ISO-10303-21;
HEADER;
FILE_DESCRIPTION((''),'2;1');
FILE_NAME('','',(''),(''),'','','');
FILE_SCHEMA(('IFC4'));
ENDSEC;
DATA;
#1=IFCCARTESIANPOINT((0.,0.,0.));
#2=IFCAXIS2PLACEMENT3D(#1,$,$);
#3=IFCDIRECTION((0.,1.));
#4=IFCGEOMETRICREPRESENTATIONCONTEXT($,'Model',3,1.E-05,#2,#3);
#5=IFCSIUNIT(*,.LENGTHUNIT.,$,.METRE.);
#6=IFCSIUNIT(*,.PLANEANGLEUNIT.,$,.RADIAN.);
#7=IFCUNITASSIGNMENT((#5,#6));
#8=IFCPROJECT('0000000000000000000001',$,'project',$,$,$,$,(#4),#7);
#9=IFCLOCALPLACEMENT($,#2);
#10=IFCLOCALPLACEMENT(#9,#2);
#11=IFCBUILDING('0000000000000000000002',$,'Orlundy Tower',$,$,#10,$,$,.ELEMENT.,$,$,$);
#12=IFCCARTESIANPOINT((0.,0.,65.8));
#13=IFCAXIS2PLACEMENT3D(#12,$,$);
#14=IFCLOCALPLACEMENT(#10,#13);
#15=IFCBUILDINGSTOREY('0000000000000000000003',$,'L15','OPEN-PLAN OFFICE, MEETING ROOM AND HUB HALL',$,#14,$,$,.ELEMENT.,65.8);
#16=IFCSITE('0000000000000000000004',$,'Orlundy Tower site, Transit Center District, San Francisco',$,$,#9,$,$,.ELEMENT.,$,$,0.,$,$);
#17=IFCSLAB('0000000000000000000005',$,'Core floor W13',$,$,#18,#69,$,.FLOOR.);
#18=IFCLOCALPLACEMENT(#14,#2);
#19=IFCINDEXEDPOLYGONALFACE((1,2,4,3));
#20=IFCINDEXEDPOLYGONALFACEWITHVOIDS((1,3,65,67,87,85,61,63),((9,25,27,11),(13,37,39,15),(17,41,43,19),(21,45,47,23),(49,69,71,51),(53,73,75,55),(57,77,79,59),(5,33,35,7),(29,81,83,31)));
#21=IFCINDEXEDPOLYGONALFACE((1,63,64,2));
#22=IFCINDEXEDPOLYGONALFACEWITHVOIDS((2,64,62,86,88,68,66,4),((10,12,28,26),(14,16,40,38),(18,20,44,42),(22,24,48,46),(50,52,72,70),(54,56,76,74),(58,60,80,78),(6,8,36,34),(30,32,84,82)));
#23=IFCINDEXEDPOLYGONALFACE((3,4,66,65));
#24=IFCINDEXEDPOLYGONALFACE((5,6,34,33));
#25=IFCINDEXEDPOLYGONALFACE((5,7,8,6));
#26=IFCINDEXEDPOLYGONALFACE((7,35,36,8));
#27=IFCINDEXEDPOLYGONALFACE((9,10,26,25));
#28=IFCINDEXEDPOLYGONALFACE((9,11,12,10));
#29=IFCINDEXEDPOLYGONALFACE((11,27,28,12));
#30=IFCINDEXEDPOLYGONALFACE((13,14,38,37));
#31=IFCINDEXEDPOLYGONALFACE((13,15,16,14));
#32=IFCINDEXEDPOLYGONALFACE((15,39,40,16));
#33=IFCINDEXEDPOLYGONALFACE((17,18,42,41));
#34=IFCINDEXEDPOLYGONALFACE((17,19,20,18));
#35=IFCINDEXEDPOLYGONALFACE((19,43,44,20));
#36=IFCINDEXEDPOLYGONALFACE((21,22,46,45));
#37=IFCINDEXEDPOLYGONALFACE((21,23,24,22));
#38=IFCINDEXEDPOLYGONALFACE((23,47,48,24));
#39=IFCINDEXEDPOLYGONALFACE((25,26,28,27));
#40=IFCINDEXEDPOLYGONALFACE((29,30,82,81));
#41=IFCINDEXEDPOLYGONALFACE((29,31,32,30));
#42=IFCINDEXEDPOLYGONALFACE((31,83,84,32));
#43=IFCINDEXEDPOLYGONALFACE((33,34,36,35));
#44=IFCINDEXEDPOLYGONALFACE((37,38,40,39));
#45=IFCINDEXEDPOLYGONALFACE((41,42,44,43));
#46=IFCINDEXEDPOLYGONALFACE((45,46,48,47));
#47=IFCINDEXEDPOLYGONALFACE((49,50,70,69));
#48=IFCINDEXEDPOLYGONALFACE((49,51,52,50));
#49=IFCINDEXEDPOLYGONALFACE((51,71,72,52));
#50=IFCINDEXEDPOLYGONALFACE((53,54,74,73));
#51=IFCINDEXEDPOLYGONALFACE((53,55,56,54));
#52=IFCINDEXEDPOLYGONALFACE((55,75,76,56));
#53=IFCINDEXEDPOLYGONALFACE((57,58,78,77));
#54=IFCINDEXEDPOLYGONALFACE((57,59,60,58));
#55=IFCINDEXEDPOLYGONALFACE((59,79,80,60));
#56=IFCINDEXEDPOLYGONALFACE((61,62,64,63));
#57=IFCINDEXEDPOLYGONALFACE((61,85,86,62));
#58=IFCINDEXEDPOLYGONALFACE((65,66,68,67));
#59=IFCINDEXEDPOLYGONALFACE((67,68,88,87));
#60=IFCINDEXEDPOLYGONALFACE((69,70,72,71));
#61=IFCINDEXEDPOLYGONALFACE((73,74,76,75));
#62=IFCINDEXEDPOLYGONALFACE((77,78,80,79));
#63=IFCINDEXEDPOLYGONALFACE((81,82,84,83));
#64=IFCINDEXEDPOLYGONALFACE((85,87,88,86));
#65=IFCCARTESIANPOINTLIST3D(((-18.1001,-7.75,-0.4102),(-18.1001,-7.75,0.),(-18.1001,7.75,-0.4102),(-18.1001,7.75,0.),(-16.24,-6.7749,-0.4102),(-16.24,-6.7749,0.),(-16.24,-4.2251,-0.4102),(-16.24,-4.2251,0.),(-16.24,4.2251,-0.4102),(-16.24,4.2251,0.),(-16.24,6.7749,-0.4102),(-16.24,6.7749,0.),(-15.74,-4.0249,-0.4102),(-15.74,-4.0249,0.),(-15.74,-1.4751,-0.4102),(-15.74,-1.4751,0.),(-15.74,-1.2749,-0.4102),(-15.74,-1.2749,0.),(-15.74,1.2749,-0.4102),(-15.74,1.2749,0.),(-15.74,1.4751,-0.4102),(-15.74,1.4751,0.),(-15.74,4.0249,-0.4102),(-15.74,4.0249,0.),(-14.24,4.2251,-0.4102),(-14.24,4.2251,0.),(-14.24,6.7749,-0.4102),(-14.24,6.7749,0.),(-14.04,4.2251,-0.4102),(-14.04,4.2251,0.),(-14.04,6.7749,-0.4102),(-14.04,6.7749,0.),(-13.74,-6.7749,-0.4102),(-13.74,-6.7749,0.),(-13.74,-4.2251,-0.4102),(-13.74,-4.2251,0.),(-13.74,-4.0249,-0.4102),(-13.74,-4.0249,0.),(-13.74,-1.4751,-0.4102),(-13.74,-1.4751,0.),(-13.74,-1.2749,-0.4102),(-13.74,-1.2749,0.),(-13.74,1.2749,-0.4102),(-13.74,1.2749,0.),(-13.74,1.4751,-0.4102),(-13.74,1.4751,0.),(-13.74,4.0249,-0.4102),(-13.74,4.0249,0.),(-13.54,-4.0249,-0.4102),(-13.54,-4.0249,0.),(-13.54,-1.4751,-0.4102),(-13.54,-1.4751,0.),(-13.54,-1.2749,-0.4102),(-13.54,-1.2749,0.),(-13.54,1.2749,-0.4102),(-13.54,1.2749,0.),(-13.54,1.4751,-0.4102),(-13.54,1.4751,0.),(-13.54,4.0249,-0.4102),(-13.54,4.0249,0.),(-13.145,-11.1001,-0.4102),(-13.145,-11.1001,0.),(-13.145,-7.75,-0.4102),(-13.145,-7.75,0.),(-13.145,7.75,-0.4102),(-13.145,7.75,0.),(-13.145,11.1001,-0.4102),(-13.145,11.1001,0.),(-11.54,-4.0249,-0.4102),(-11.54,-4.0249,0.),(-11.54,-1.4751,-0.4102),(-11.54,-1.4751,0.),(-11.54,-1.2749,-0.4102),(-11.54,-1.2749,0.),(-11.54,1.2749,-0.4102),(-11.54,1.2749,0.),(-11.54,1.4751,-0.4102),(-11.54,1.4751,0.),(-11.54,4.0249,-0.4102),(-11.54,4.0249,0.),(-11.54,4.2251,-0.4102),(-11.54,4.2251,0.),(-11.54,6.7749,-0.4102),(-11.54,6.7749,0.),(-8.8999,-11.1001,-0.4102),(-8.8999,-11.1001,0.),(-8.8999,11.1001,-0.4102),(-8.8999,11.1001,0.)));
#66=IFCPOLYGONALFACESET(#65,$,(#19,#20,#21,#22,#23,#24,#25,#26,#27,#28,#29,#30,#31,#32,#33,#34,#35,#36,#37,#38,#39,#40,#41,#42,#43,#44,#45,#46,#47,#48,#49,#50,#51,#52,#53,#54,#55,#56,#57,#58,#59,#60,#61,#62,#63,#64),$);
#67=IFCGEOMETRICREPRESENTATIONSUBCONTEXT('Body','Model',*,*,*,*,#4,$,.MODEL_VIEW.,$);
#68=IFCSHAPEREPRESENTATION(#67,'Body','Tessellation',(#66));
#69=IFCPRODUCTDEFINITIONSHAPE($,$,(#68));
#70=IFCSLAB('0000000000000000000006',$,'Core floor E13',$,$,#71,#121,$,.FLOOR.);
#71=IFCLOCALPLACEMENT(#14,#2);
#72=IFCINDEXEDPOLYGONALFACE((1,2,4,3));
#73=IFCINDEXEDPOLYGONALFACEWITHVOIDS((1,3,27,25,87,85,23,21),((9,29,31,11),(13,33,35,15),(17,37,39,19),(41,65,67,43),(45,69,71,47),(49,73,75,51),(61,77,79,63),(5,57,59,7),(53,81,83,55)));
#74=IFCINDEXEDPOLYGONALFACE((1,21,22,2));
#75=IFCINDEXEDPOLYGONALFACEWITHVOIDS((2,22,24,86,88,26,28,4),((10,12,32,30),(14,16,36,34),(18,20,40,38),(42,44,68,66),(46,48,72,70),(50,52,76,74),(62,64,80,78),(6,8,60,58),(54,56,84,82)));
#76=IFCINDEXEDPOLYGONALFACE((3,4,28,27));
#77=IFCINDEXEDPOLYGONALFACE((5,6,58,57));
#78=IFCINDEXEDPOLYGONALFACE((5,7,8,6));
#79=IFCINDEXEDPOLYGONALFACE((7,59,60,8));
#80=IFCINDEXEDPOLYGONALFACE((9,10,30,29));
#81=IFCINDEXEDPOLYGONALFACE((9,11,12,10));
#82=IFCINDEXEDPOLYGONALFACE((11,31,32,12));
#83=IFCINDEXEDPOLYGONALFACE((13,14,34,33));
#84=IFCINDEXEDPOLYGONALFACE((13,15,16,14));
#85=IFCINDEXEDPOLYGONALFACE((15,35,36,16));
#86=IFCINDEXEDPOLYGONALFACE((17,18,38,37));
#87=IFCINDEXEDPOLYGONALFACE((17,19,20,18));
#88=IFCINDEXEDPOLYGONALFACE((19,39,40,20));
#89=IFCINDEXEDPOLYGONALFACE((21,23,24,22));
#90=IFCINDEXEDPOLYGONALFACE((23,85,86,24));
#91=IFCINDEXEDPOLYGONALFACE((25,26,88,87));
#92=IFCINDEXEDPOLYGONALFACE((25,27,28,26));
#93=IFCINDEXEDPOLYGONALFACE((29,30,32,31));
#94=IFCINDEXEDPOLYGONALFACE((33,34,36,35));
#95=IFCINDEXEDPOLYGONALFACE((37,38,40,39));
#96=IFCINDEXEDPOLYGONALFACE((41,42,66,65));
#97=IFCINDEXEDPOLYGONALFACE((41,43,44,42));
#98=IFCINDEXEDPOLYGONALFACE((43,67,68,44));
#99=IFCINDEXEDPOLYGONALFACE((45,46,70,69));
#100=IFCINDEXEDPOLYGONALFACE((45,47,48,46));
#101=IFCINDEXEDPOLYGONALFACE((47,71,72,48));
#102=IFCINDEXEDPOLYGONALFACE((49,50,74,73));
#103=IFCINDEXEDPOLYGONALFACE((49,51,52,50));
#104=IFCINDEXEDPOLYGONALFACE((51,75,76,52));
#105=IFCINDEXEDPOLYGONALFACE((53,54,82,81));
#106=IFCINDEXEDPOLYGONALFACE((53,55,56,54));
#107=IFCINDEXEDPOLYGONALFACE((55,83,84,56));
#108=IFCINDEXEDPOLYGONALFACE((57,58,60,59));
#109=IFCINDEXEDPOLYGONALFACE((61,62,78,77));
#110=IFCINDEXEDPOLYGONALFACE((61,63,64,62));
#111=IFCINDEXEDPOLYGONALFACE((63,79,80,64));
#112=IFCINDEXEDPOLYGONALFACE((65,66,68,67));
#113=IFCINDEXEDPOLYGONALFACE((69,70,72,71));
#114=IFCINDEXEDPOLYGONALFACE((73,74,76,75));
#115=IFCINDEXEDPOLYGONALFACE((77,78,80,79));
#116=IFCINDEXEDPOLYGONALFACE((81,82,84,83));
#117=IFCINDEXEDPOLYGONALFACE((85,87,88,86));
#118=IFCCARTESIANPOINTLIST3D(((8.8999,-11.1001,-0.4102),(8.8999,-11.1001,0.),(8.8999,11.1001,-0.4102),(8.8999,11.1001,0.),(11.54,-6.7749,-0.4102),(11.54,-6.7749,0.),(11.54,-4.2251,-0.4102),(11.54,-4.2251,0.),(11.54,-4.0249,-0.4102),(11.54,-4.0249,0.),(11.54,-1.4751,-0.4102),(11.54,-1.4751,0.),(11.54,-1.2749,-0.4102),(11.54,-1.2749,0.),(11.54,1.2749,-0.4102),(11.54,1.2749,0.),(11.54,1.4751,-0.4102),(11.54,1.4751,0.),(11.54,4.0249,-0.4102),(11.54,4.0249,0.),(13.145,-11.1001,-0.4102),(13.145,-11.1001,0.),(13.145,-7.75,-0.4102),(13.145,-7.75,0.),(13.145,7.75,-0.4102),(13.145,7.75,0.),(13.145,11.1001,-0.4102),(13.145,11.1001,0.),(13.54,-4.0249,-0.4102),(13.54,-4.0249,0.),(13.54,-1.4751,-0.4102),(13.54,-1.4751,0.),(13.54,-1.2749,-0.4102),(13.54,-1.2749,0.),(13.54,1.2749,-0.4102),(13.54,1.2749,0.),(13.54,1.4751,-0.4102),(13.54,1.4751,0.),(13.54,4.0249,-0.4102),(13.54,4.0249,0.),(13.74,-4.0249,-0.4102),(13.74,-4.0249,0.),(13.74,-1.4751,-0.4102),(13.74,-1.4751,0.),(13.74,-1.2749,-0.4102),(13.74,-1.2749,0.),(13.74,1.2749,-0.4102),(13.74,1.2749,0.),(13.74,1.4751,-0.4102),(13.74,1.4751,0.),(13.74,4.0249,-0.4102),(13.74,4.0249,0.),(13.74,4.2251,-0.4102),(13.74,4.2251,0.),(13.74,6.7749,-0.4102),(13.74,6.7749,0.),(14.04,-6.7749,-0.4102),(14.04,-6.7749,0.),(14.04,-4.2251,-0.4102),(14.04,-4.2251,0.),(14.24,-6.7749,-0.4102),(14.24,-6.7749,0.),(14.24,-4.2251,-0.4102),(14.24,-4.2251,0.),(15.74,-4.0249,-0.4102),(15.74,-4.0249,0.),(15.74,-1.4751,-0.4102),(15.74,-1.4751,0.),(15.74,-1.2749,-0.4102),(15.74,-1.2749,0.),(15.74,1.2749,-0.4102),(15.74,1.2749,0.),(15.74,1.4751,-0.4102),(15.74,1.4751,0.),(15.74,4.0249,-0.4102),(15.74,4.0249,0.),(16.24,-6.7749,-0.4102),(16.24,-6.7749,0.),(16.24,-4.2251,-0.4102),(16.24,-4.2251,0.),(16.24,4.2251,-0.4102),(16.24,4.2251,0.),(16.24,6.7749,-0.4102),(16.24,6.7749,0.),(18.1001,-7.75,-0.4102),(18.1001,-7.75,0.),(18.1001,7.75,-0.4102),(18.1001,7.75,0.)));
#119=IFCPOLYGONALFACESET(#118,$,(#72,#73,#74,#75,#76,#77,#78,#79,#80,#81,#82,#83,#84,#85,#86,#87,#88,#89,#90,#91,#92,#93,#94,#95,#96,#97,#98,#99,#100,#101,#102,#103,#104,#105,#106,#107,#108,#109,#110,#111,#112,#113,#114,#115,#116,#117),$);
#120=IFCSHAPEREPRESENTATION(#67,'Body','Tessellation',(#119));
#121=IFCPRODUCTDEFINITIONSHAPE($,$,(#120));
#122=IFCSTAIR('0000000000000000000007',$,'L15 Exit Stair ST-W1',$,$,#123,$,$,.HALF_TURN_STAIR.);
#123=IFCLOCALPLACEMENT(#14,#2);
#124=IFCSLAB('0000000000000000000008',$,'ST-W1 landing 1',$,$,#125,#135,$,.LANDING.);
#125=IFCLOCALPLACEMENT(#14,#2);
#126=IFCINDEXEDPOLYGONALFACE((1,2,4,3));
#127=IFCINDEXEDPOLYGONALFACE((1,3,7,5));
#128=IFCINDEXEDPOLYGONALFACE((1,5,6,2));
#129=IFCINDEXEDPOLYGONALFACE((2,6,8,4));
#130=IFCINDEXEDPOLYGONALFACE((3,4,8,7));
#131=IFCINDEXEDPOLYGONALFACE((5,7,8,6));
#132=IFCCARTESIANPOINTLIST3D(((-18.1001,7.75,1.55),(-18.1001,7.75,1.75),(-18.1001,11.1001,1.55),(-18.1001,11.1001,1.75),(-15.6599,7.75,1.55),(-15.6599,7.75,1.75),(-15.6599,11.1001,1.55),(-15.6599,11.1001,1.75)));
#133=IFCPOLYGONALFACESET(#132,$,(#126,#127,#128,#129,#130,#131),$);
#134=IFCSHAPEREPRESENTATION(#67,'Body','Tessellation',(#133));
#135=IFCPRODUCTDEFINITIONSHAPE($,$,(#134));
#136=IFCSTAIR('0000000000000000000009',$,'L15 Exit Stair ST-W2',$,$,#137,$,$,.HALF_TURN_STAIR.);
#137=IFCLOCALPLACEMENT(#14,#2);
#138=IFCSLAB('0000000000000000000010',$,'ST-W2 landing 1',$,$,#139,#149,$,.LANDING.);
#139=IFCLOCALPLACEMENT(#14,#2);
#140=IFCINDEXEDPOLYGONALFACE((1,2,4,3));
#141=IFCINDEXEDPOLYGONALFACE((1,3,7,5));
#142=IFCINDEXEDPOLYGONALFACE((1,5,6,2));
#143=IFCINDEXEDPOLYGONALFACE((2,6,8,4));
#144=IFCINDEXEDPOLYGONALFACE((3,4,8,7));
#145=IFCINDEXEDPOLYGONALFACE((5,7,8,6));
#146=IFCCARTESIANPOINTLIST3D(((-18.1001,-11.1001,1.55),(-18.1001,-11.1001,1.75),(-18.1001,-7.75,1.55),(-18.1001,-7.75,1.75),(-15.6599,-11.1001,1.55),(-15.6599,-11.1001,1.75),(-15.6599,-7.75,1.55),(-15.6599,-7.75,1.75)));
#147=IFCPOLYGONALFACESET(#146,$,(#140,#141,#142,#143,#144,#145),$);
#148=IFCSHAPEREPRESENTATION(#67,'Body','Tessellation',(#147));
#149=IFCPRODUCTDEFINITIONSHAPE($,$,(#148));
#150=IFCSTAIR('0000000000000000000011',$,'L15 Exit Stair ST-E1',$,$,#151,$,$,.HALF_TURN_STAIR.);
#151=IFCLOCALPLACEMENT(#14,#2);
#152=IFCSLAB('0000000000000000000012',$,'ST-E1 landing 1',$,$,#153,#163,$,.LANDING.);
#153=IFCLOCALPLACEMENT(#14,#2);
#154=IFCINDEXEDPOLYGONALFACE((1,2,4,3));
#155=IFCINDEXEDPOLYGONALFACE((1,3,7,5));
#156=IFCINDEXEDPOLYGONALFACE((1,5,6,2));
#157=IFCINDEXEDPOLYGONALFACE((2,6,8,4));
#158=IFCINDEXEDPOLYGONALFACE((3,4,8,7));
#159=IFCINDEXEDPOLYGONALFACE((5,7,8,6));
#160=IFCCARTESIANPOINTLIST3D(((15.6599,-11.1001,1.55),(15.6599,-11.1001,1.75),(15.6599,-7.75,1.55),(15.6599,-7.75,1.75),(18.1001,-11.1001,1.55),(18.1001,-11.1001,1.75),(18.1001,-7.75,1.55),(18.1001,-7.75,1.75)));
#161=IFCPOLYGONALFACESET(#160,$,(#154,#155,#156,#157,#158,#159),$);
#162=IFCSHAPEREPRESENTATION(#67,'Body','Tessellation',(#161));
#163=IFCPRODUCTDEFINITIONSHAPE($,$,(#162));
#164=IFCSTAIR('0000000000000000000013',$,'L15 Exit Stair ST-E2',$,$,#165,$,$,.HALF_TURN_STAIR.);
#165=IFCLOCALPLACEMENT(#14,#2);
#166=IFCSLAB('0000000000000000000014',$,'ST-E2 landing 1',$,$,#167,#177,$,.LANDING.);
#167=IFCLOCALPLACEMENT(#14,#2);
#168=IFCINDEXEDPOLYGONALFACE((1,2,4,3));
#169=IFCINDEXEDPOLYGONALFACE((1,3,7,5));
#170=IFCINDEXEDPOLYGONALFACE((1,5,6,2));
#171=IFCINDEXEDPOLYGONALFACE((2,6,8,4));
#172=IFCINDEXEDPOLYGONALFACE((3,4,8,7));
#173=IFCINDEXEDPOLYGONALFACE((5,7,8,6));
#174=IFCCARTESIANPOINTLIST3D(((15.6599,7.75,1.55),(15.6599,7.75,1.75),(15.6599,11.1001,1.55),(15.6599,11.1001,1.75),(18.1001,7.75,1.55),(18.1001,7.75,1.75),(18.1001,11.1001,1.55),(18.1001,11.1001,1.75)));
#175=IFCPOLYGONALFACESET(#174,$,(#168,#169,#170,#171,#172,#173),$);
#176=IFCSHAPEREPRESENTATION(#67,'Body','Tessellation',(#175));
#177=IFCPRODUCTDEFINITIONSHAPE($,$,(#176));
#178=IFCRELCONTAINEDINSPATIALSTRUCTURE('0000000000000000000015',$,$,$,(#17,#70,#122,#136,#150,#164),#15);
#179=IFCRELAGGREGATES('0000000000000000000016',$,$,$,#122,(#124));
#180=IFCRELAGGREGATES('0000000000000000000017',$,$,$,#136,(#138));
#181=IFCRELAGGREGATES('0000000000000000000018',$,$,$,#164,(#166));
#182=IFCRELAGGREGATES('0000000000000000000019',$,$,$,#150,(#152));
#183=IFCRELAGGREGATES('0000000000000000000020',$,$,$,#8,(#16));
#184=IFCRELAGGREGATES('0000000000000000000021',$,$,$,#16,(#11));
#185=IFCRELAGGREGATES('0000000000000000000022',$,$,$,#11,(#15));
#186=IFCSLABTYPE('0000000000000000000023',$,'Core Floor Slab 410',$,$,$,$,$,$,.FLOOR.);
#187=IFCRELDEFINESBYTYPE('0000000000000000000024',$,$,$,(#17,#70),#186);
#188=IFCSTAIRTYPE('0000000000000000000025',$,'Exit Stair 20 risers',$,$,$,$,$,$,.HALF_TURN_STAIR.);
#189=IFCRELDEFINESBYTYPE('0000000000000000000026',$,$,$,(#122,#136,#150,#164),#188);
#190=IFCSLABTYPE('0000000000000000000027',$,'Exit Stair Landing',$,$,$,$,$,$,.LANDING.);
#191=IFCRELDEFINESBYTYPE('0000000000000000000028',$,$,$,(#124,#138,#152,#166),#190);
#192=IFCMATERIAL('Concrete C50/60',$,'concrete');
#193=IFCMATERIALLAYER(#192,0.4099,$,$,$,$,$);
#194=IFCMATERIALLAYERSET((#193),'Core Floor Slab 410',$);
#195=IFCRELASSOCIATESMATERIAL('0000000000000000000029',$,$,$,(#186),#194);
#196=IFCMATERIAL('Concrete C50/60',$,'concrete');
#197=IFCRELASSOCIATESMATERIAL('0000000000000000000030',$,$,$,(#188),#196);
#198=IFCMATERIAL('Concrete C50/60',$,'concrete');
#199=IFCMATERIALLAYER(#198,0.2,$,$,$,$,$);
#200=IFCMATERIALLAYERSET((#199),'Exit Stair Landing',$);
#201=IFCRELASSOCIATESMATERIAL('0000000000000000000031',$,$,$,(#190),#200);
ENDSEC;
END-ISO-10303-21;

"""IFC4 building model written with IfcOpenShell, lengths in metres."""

from ifc_helpers import new_model, si_unit, direction, frame, origin, place, context, subcontext, project, spatial, polyline, outline, extrude, material, layer, layer_set, type_object, element, aggregate, save


model = new_model("IFC4")

# Units and contexts
model_context = context("Model", 3, precision=1e-05, world=origin(), true_north=direction((0.0, 1.0)))
body_context = subcontext(model_context, "Body", "Model", "MODEL_VIEW")
ifc_project = project(units=[si_unit("LENGTHUNIT", "METRE"), si_unit("PLANEANGLEUNIT", "RADIAN")], contexts=[model_context])

# Site, building, storey
site_placement = place(None, origin())
site = spatial("IfcSite", under=ifc_project, at=site_placement, Name="Orlundy Tower site, Transit Center District, San Francisco", CompositionType="ELEMENT", RefElevation=0.0)
building_placement = place(site_placement, origin())
building = spatial("IfcBuilding", under=site, at=building_placement, Name="Orlundy Tower", CompositionType="ELEMENT")
storey_placement = place(building_placement, frame((0.0, 0.0, 65.8)))
storey = spatial("IfcBuildingStorey", under=building, at=storey_placement, Name="L15", Description="OPEN-PLAN OFFICE, MEETING ROOM AND HUB HALL", CompositionType="ELEMENT", Elevation=65.8)

# Slabs
ifc_material_1 = material(Name="Concrete C50/60", Category="concrete")
ifc_layer_1 = layer(ifc_material_1, 0.4099)
ifc_layer_set_1 = layer_set([ifc_layer_1], Name="Core Floor Slab 410")
slab_type_1 = type_object("IfcSlabType", Name="Core Floor Slab 410", PredefinedType="FLOOR", material=ifc_layer_set_1)
slab_1_placement = place(storey_placement, frame((0.0, 0.0, -0.4102)))
element("IfcSlab", 1, at=slab_1_placement, inside=storey, type_object=slab_type_1, Name="Core floor W13", PredefinedType="FLOOR", context=body_context, shape_type="SweptSolid", body=[
    extrude(outline(polyline([(-13.145, 7.75), (-13.145, 11.1001), (-8.8999, 11.1001), (-8.8999, -11.1001), (-13.145, -11.1001), (-13.145, -7.75), (-18.1001, -7.75), (-18.1001, 7.75), (-13.145, 7.75)]), holes=[polyline([(-16.24, -6.7749), (-13.74, -6.7749), (-13.74, -4.2251), (-16.24, -4.2251), (-16.24, -6.7749)]), polyline([(-13.54, -1.4751), (-13.54, -4.0249), (-11.54, -4.0249), (-11.54, -1.4751), (-13.54, -1.4751)]), polyline([(-13.74, -1.4751), (-15.74, -1.4751), (-15.74, -4.0249), (-13.74, -4.0249), (-13.74, -1.4751)]), polyline([(-11.54, -1.2749), (-11.54, 1.2749), (-13.54, 1.2749), (-13.54, -1.2749), (-11.54, -1.2749)]), polyline([(-15.74, -1.2749), (-13.74, -1.2749), (-13.74, 1.2749), (-15.74, 1.2749), (-15.74, -1.2749)]), polyline([(-13.54, 4.0249), (-13.54, 1.4751), (-11.54, 1.4751), (-11.54, 4.0249), (-13.54, 4.0249)]), polyline([(-13.74, 4.0249), (-15.74, 4.0249), (-15.74, 1.4751), (-13.74, 1.4751), (-13.74, 4.0249)]), polyline([(-11.54, 4.2251), (-11.54, 6.7749), (-14.04, 6.7749), (-14.04, 4.2251), (-11.54, 4.2251)]), polyline([(-16.24, 4.2251), (-14.24, 4.2251), (-14.24, 6.7749), (-16.24, 6.7749), (-16.24, 4.2251)])]), origin(), (0.0, 0.0, 1.0), 0.4102),
])
slab_2_placement = place(storey_placement, frame((0.0, 0.0, -0.4102)))
element("IfcSlab", 2, at=slab_2_placement, inside=storey, type_object=slab_type_1, Name="Core floor E13", PredefinedType="FLOOR", context=body_context, shape_type="SweptSolid", body=[
    extrude(outline(polyline([(13.145, -7.75), (13.145, -11.1001), (8.8999, -11.1001), (8.8999, 11.1001), (13.145, 11.1001), (13.145, 7.75), (18.1001, 7.75), (18.1001, -7.75), (13.145, -7.75)]), holes=[polyline([(16.24, 6.7749), (13.74, 6.7749), (13.74, 4.2251), (16.24, 4.2251), (16.24, 6.7749)]), polyline([(13.54, 1.4751), (13.54, 4.0249), (11.54, 4.0249), (11.54, 1.4751), (13.54, 1.4751)]), polyline([(13.74, 1.4751), (15.74, 1.4751), (15.74, 4.0249), (13.74, 4.0249), (13.74, 1.4751)]), polyline([(11.54, 1.2749), (11.54, -1.2749), (13.54, -1.2749), (13.54, 1.2749), (11.54, 1.2749)]), polyline([(15.74, 1.2749), (13.74, 1.2749), (13.74, -1.2749), (15.74, -1.2749), (15.74, 1.2749)]), polyline([(13.54, -4.0249), (13.54, -1.4751), (11.54, -1.4751), (11.54, -4.0249), (13.54, -4.0249)]), polyline([(13.74, -4.0249), (15.74, -4.0249), (15.74, -1.4751), (13.74, -1.4751), (13.74, -4.0249)]), polyline([(11.54, -4.2251), (11.54, -6.7749), (14.04, -6.7749), (14.04, -4.2251), (11.54, -4.2251)]), polyline([(16.24, -4.2251), (14.24, -4.2251), (14.24, -6.7749), (16.24, -6.7749), (16.24, -4.2251)])]), origin(), (0.0, 0.0, 1.0), 0.4102),
])

# Stairs, slabs
ifc_material_2 = material(Name="Concrete C50/60", Category="concrete")
stair_type = type_object("IfcStairType", Name="Exit Stair 20 risers", PredefinedType="HALF_TURN_STAIR", material=ifc_material_2)
stair_1_placement = place(storey_placement, origin())
stair_1 = element("IfcStair", 3, at=stair_1_placement, inside=storey, type_object=stair_type, Name="L15 Exit Stair ST-W1", PredefinedType="HALF_TURN_STAIR")
ifc_material_3 = material(Name="Concrete C50/60", Category="concrete")
ifc_layer_2 = layer(ifc_material_3, 0.2)
ifc_layer_set_2 = layer_set([ifc_layer_2], Name="Exit Stair Landing")
slab_type_2 = type_object("IfcSlabType", Name="Exit Stair Landing", PredefinedType="LANDING", material=ifc_layer_set_2)
slab_3_placement = place(storey_placement, frame((0.0, 0.0, 1.55)))
slab_3 = element("IfcSlab", 4, at=slab_3_placement, type_object=slab_type_2, Name="ST-W1 landing 1", PredefinedType="LANDING", context=body_context, shape_type="SweptSolid", body=[
    extrude(outline(polyline([(-15.6599, 11.1001), (-18.1001, 11.1001), (-18.1001, 7.75), (-15.6599, 7.75), (-15.6599, 11.1001)])), origin(), (0.0, 0.0, 1.0), 0.2),
])
aggregate(stair_1, [slab_3])
stair_2_placement = place(storey_placement, origin())
stair_2 = element("IfcStair", 5, at=stair_2_placement, inside=storey, type_object=stair_type, Name="L15 Exit Stair ST-W2", PredefinedType="HALF_TURN_STAIR")
slab_4_placement = place(storey_placement, frame((0.0, 0.0, 1.55)))
slab_4 = element("IfcSlab", 6, at=slab_4_placement, type_object=slab_type_2, Name="ST-W2 landing 1", PredefinedType="LANDING", context=body_context, shape_type="SweptSolid", body=[
    extrude(outline(polyline([(-15.6599, -7.75), (-18.1001, -7.75), (-18.1001, -11.1001), (-15.6599, -11.1001), (-15.6599, -7.75)])), origin(), (0.0, 0.0, 1.0), 0.2),
])
aggregate(stair_2, [slab_4])
stair_3_placement = place(storey_placement, origin())
stair_3 = element("IfcStair", 7, at=stair_3_placement, inside=storey, type_object=stair_type, Name="L15 Exit Stair ST-E1", PredefinedType="HALF_TURN_STAIR")
slab_5_placement = place(storey_placement, frame((0.0, 0.0, 1.55)))
slab_5 = element("IfcSlab", 8, at=slab_5_placement, type_object=slab_type_2, Name="ST-E1 landing 1", PredefinedType="LANDING", context=body_context, shape_type="SweptSolid", body=[
    extrude(outline(polyline([(15.6599, -11.1001), (18.1001, -11.1001), (18.1001, -7.75), (15.6599, -7.75), (15.6599, -11.1001)])), origin(), (0.0, 0.0, 1.0), 0.2),
])
stair_4_placement = place(storey_placement, origin())
stair_4 = element("IfcStair", 9, at=stair_4_placement, inside=storey, type_object=stair_type, Name="L15 Exit Stair ST-E2", PredefinedType="HALF_TURN_STAIR")
slab_6_placement = place(storey_placement, frame((0.0, 0.0, 1.55)))
slab_6 = element("IfcSlab", 10, at=slab_6_placement, type_object=slab_type_2, Name="ST-E2 landing 1", PredefinedType="LANDING", context=body_context, shape_type="SweptSolid", body=[
    extrude(outline(polyline([(15.6599, 7.75), (18.1001, 7.75), (18.1001, 11.1001), (15.6599, 11.1001), (15.6599, 7.75)])), origin(), (0.0, 0.0, 1.0), 0.2),
])
aggregate(stair_4, [slab_6])

aggregate(stair_3, [slab_5])

save(model, "model.ifc")
